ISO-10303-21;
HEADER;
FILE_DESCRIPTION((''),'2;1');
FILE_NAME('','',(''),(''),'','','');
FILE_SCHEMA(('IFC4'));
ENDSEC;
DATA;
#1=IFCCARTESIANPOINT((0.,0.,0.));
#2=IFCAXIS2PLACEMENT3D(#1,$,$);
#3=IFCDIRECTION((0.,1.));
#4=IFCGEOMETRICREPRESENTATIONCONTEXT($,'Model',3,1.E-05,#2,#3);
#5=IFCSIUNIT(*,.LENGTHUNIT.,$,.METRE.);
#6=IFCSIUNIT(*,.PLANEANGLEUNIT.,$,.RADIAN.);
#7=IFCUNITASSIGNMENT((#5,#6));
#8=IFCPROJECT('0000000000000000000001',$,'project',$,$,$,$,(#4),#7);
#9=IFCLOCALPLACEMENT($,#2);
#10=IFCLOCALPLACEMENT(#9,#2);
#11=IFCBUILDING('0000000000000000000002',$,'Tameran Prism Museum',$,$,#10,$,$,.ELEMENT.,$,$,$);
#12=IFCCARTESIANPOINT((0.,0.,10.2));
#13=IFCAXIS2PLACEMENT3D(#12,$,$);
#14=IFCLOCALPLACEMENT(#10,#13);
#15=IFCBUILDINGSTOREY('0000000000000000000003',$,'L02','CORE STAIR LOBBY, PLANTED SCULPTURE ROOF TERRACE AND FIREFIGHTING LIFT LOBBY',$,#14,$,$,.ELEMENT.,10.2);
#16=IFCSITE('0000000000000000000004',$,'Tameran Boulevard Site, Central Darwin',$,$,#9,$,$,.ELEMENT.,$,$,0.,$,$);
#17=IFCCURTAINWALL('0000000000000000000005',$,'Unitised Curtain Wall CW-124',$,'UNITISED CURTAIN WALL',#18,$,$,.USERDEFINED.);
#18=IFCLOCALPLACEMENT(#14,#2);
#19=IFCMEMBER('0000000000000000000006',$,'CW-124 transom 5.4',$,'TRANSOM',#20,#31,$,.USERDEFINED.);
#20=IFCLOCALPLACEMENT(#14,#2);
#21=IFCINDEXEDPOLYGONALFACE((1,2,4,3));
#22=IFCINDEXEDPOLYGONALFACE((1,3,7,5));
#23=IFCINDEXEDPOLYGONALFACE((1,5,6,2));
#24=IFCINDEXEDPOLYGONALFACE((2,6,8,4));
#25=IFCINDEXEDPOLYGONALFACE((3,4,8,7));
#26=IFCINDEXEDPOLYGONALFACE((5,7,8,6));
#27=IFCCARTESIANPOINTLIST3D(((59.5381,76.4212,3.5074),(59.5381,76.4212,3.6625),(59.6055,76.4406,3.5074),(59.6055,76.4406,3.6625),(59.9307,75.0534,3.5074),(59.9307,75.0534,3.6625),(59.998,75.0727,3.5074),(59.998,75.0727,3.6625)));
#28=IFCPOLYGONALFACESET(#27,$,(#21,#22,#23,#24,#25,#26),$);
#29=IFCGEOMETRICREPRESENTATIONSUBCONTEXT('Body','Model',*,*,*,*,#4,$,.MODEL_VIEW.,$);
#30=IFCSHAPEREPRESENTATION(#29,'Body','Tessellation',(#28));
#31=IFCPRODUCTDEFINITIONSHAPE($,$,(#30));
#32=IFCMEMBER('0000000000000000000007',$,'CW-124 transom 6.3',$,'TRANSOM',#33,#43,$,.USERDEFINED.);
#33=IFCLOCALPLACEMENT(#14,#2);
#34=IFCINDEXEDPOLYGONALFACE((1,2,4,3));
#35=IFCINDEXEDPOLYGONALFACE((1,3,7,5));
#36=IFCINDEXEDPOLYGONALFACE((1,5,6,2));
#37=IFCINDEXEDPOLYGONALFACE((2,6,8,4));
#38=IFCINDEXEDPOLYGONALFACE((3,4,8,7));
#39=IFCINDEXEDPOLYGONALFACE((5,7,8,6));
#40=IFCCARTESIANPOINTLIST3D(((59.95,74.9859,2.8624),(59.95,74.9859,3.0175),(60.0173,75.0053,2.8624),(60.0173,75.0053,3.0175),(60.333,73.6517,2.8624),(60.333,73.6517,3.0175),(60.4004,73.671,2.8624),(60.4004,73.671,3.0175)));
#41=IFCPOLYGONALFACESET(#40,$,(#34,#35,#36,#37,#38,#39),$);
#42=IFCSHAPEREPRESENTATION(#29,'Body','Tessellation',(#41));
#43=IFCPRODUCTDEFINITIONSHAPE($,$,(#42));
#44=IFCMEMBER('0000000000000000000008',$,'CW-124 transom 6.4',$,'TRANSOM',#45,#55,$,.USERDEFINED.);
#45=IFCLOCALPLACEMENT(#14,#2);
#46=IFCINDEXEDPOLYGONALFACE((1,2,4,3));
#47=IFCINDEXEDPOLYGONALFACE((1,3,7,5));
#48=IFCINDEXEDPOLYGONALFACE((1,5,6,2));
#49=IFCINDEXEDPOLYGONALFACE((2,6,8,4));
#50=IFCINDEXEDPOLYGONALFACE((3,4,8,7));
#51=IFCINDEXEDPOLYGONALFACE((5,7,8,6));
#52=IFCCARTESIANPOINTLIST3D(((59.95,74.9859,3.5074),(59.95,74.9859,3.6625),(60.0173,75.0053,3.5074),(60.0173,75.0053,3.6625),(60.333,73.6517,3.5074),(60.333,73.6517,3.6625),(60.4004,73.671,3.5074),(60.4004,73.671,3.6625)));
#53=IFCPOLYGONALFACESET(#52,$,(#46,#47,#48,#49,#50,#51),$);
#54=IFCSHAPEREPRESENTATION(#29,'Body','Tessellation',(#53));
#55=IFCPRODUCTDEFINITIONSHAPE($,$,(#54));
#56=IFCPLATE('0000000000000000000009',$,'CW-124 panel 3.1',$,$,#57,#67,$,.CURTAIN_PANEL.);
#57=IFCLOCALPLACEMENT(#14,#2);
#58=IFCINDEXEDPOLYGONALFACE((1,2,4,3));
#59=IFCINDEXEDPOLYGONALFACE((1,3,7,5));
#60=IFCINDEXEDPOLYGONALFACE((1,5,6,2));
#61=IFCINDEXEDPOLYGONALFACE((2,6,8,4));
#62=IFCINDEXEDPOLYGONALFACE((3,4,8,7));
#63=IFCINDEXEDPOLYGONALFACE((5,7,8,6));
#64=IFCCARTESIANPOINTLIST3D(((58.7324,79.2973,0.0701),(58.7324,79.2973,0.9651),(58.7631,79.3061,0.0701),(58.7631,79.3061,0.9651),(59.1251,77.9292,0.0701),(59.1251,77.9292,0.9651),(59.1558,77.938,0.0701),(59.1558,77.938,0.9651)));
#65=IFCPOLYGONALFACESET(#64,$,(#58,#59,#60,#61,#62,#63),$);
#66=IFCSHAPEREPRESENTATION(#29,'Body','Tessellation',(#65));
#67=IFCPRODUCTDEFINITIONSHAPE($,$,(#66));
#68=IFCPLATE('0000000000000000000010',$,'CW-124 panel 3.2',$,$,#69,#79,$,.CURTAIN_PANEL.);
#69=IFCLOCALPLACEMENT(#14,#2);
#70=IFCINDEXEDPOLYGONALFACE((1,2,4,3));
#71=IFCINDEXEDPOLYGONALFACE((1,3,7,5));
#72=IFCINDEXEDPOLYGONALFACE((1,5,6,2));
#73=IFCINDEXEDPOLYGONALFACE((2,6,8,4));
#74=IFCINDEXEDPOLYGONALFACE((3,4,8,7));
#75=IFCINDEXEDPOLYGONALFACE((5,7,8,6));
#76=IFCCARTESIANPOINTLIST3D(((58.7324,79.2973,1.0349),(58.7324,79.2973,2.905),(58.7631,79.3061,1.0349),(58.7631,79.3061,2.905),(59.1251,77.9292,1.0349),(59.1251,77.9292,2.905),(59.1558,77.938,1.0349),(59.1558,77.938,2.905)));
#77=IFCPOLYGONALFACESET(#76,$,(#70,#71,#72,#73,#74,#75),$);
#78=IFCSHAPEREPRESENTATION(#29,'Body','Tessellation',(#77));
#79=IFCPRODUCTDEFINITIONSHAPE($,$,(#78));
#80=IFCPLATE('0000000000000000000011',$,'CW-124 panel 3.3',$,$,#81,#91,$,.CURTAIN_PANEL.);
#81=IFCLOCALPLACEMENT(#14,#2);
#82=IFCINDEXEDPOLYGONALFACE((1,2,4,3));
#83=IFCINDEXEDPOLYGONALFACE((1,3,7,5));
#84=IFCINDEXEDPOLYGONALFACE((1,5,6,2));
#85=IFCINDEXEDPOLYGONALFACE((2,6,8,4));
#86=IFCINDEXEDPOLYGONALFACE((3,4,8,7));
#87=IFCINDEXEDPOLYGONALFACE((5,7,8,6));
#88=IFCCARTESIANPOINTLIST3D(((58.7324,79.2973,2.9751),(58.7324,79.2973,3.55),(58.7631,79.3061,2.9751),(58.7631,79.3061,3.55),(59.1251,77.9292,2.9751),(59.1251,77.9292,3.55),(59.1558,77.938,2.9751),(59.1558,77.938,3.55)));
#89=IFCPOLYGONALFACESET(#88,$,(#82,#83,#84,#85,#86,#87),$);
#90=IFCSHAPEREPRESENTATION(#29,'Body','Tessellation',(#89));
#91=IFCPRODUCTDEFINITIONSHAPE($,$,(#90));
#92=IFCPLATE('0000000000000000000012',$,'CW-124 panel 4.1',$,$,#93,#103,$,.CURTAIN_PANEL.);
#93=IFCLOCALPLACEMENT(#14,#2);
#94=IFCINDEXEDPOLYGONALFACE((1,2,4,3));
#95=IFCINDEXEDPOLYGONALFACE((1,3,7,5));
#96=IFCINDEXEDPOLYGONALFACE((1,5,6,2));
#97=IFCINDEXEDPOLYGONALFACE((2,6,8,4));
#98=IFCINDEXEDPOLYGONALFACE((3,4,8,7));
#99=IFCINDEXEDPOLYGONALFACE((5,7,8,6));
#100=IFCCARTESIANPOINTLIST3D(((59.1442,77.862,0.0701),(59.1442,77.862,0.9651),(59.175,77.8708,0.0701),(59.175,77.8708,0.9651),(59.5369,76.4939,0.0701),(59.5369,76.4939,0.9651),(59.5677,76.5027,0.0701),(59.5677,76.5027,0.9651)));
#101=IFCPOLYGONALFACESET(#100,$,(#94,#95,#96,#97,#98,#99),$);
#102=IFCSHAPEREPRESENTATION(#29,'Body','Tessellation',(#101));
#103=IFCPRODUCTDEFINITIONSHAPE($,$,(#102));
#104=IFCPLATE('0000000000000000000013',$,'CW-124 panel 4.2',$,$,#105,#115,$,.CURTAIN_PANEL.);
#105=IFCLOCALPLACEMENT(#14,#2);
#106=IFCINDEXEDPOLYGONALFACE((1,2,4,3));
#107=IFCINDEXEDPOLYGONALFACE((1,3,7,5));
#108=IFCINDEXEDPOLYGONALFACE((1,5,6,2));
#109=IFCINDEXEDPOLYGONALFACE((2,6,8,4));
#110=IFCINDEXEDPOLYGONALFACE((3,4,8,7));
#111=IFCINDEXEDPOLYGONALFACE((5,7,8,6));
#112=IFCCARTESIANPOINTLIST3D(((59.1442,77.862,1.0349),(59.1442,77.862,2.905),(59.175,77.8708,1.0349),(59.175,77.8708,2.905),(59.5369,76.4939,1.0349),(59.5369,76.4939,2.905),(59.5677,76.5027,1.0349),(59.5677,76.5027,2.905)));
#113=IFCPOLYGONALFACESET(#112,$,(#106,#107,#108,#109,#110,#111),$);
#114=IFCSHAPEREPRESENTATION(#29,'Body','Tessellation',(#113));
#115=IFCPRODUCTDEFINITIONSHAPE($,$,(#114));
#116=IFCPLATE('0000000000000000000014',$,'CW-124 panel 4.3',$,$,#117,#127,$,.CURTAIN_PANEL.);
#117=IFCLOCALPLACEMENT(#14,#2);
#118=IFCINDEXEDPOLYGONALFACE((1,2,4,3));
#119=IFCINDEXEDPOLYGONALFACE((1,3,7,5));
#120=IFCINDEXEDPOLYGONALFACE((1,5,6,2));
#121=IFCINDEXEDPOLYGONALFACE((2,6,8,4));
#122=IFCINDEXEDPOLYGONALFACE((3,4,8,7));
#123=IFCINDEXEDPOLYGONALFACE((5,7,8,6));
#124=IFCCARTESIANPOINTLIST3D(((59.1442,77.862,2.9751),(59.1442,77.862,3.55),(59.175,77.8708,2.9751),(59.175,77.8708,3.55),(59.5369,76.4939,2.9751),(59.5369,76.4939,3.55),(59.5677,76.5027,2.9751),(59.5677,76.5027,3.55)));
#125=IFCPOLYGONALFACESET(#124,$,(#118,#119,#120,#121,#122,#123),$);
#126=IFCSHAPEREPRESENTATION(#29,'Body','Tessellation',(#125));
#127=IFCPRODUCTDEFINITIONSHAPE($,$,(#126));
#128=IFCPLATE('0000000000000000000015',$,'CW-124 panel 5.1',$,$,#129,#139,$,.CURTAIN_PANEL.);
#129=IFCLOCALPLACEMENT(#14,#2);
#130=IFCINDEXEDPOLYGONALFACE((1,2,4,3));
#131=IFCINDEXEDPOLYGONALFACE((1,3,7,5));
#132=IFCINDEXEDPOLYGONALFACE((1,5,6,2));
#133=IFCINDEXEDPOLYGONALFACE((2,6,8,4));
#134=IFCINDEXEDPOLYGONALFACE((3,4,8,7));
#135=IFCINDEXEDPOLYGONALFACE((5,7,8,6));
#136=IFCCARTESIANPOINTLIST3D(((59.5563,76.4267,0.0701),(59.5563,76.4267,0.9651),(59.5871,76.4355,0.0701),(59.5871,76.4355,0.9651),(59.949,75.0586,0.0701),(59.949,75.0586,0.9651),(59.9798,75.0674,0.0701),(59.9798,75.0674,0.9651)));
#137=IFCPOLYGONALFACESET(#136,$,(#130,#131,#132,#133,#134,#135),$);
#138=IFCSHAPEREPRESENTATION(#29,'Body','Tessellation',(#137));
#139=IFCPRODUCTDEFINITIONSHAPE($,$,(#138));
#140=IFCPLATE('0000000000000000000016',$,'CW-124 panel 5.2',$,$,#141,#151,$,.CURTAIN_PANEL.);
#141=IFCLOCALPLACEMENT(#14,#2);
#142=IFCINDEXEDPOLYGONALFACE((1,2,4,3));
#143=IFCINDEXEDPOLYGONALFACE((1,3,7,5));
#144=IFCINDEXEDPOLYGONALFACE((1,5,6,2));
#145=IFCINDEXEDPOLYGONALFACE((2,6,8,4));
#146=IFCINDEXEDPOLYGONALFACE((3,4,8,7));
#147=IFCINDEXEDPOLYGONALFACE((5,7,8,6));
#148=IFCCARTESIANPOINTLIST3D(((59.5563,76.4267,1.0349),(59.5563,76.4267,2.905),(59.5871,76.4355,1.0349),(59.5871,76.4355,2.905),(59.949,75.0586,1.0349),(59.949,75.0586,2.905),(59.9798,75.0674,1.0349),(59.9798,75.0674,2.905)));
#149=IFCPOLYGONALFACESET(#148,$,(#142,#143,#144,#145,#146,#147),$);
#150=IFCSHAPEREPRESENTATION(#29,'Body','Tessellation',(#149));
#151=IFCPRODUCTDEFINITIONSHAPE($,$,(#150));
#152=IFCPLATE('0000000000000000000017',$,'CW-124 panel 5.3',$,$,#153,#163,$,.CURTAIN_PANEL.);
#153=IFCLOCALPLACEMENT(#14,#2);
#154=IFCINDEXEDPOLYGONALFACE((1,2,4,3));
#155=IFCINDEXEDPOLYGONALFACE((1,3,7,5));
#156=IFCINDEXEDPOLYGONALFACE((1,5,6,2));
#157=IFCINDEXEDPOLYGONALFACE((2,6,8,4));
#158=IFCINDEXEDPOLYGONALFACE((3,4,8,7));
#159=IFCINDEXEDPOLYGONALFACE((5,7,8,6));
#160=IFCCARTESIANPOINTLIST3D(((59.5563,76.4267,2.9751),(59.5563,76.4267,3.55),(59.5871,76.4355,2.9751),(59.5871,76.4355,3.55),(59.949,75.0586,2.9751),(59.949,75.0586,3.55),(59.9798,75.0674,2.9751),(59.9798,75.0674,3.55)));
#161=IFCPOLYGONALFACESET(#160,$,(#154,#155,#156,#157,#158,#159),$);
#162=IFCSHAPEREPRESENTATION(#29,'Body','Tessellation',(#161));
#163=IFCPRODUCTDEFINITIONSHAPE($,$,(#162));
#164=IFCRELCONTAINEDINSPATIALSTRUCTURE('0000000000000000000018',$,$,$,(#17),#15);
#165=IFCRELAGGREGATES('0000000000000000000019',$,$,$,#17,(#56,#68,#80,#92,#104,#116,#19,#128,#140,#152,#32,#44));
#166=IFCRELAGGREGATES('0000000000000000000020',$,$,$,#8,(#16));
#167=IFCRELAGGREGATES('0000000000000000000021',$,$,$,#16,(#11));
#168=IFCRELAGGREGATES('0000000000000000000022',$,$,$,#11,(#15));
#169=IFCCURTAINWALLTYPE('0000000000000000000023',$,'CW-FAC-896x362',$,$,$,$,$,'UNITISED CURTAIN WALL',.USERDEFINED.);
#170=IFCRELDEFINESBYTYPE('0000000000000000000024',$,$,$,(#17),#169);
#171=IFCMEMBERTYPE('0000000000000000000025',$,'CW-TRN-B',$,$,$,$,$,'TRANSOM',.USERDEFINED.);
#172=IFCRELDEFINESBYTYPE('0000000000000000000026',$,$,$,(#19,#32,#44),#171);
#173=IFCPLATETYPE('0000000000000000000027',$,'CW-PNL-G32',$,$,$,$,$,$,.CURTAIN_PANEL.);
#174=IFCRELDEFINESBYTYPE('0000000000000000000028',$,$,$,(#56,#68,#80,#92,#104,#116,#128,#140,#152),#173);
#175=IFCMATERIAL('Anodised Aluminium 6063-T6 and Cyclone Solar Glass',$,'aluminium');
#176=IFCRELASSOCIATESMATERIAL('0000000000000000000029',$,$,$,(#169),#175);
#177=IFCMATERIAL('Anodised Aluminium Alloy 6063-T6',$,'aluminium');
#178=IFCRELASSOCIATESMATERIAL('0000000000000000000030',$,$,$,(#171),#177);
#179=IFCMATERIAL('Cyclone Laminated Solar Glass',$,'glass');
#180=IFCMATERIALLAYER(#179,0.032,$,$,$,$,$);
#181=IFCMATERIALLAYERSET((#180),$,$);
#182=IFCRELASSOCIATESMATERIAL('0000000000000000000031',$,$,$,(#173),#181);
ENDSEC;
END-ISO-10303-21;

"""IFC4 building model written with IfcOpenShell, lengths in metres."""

from ifc_helpers import new_model, si_unit, direction, frame, origin, origin_2d, place, context, subcontext, project, spatial, rectangle, extrude, material, layer, layer_set, material_profile, profile_set, type_object, element, aggregate, save


model = new_model("IFC4")

# Units and contexts
model_context = context("Model", 3, precision=1e-05, world=origin(), true_north=direction((0.0, 1.0)))
body_context = subcontext(model_context, "Body", "Model", "MODEL_VIEW")
ifc_project = project(units=[si_unit("LENGTHUNIT", "METRE"), si_unit("PLANEANGLEUNIT", "RADIAN")], contexts=[model_context])

# Site, building, storey
site_placement = place(None, origin())
site = spatial("IfcSite", under=ifc_project, at=site_placement, Name="Tameran Boulevard Site, Central Darwin", CompositionType="ELEMENT", RefElevation=0.0)
building_placement = place(site_placement, origin())
building = spatial("IfcBuilding", under=site, at=building_placement, Name="Tameran Prism Museum", CompositionType="ELEMENT")
storey_placement = place(building_placement, frame((0.0, 0.0, 10.2)))
storey = spatial("IfcBuildingStorey", under=building, at=storey_placement, Name="L02", Description="CORE STAIR LOBBY, PLANTED SCULPTURE ROOF TERRACE AND FIREFIGHTING LIFT LOBBY", CompositionType="ELEMENT", Elevation=10.2)

# Curtain wall, members, plates
ifc_material_1 = material(Name="Anodised Aluminium 6063-T6 and Cyclone Solar Glass", Category="aluminium")
curtain_wall_type = type_object("IfcCurtainWallType", Name="CW-FAC-896x362", ElementType="UNITISED CURTAIN WALL", PredefinedType="USERDEFINED", material=ifc_material_1)
curtain_wall_placement = place(storey_placement, origin())
curtain_wall = element("IfcCurtainWall", 1, at=curtain_wall_placement, inside=storey, type_object=curtain_wall_type, Name="Unitised Curtain Wall CW-124", ObjectType="UNITISED CURTAIN WALL", PredefinedType="USERDEFINED")
ifc_material_2 = material(Name="Anodised Aluminium Alloy 6063-T6", Category="aluminium")
ifc_material_profile_1 = material_profile(ifc_material_2, rectangle(XDim=0.0701, YDim=0.155, at=origin_2d()))
ifc_profile_set_1 = profile_set([ifc_material_profile_1])
member_type_1 = type_object("IfcMemberType", Name="CW-TRN-B", ElementType="TRANSOM", PredefinedType="USERDEFINED", material=ifc_profile_set_1)
member_1_placement = place(storey_placement, frame((59.5718, 76.4309, 3.585), z_axis=(0.275854, -0.9612, 0.0), x_axis=(0.9612, 0.275854, 0.0)))
member_1 = element("IfcMember", 2, at=member_1_placement, type_object=member_type_1, Name="CW-124 transom 5.4", ObjectType="TRANSOM", PredefinedType="USERDEFINED", context=body_context, shape_type="SweptSolid", body=[
    extrude(rectangle(XDim=0.0701, YDim=0.155, at=origin_2d()), origin(), (0.0, 0.0, 1.0), 1.4231),
])
member_2_placement = place(storey_placement, frame((59.9836, 74.9956, 2.9399), z_axis=(0.275952, -0.961171, 0.0), x_axis=(0.961171, 0.275952, 0.0)))
member_2 = element("IfcMember", 3, at=member_2_placement, type_object=member_type_1, Name="CW-124 transom 6.3", ObjectType="TRANSOM", PredefinedType="USERDEFINED", context=body_context, shape_type="SweptSolid", body=[
    extrude(rectangle(XDim=0.0701, YDim=0.155, at=origin_2d()), origin(), (0.0, 0.0, 1.0), 1.3882),
])
member_3_placement = place(storey_placement, frame((59.9836, 74.9956, 3.585), z_axis=(0.275952, -0.961171, 0.0), x_axis=(0.961171, 0.275952, 0.0)))
member_3 = element("IfcMember", 4, at=member_3_placement, type_object=member_type_1, Name="CW-124 transom 6.4", ObjectType="TRANSOM", PredefinedType="USERDEFINED", context=body_context, shape_type="SweptSolid", body=[
    extrude(rectangle(XDim=0.0701, YDim=0.155, at=origin_2d()), origin(), (0.0, 0.0, 1.0), 1.3882),
])
ifc_material_3 = material(Name="Cyclone Laminated Solar Glass", Category="glass")
ifc_layer = layer(ifc_material_3, 0.032)
ifc_layer_set = layer_set([ifc_layer])
plate_type = type_object("IfcPlateType", Name="CW-PNL-G32", PredefinedType="CURTAIN_PANEL", material=ifc_layer_set)
plate_1_placement = place(storey_placement, frame((58.9441, 78.6177, 0.0701), z_axis=(0.0, 0.0, 1.0), x_axis=(0.2759, -0.961186, 0.0)))
plate_1 = element("IfcPlate", 5, at=plate_1_placement, type_object=plate_type, Name="CW-124 panel 3.1", PredefinedType="CURTAIN_PANEL", context=body_context, shape_type="SweptSolid", body=[
    extrude(rectangle(XDim=1.4233, YDim=0.032, at=origin_2d()), origin(), (0.0, 0.0, 1.0), 0.895),
])
plate_2_placement = place(storey_placement, frame((58.9441, 78.6177, 1.0349), z_axis=(0.0, 0.0, 1.0), x_axis=(0.2759, -0.961186, 0.0)))
plate_2 = element("IfcPlate", 6, at=plate_2_placement, type_object=plate_type, Name="CW-124 panel 3.2", PredefinedType="CURTAIN_PANEL", context=body_context, shape_type="SweptSolid", body=[
    extrude(rectangle(XDim=1.4233, YDim=0.032, at=origin_2d()), origin(), (0.0, 0.0, 1.0), 1.8701),
])
plate_3_placement = place(storey_placement, frame((58.9441, 78.6177, 2.9751), z_axis=(0.0, 0.0, 1.0), x_axis=(0.2759, -0.961186, 0.0)))
plate_3 = element("IfcPlate", 7, at=plate_3_placement, type_object=plate_type, Name="CW-124 panel 3.3", PredefinedType="CURTAIN_PANEL", context=body_context, shape_type="SweptSolid", body=[
    extrude(rectangle(XDim=1.4233, YDim=0.032, at=origin_2d()), origin(), (0.0, 0.0, 1.0), 0.575),
])
plate_4_placement = place(storey_placement, frame((59.356, 77.1824, 0.0701), z_axis=(0.0, 0.0, 1.0), x_axis=(0.2759, -0.961186, 0.0)))
plate_4 = element("IfcPlate", 8, at=plate_4_placement, type_object=plate_type, Name="CW-124 panel 4.1", PredefinedType="CURTAIN_PANEL", context=body_context, shape_type="SweptSolid", body=[
    extrude(rectangle(XDim=1.4233, YDim=0.032, at=origin_2d()), origin(), (0.0, 0.0, 1.0), 0.895),
])
plate_5_placement = place(storey_placement, frame((59.356, 77.1824, 1.0349), z_axis=(0.0, 0.0, 1.0), x_axis=(0.2759, -0.961186, 0.0)))
plate_5 = element("IfcPlate", 9, at=plate_5_placement, type_object=plate_type, Name="CW-124 panel 4.2", PredefinedType="CURTAIN_PANEL", context=body_context, shape_type="SweptSolid", body=[
    extrude(rectangle(XDim=1.4233, YDim=0.032, at=origin_2d()), origin(), (0.0, 0.0, 1.0), 1.8701),
])
plate_6_placement = place(storey_placement, frame((59.356, 77.1824, 2.9751), z_axis=(0.0, 0.0, 1.0), x_axis=(0.2759, -0.961186, 0.0)))
plate_6 = element("IfcPlate", 10, at=plate_6_placement, type_object=plate_type, Name="CW-124 panel 4.3", PredefinedType="CURTAIN_PANEL", context=body_context, shape_type="SweptSolid", body=[
    extrude(rectangle(XDim=1.4233, YDim=0.032, at=origin_2d()), origin(), (0.0, 0.0, 1.0), 0.575),
])
plate_7_placement = place(storey_placement, frame((59.7681, 75.7471, 0.0701), z_axis=(0.0, 0.0, 1.0), x_axis=(0.2759, -0.961186, 0.0)))
plate_7 = element("IfcPlate", 11, at=plate_7_placement, type_object=plate_type, Name="CW-124 panel 5.1", PredefinedType="CURTAIN_PANEL", context=body_context, shape_type="SweptSolid", body=[
    extrude(rectangle(XDim=1.4233, YDim=0.032, at=origin_2d()), origin(), (0.0, 0.0, 1.0), 0.895),
])
plate_8_placement = place(storey_placement, frame((59.7681, 75.7471, 1.0349), z_axis=(0.0, 0.0, 1.0), x_axis=(0.2759, -0.961186, 0.0)))
plate_8 = element("IfcPlate", 12, at=plate_8_placement, type_object=plate_type, Name="CW-124 panel 5.2", PredefinedType="CURTAIN_PANEL", context=body_context, shape_type="SweptSolid", body=[
    extrude(rectangle(XDim=1.4233, YDim=0.032, at=origin_2d()), origin(), (0.0, 0.0, 1.0), 1.8701),
])
plate_9_placement = place(storey_placement, frame((59.7681, 75.7471, 2.9751), z_axis=(0.0, 0.0, 1.0), x_axis=(0.2759, -0.961186, 0.0)))
plate_9 = element("IfcPlate", 13, at=plate_9_placement, type_object=plate_type, Name="CW-124 panel 5.3", PredefinedType="CURTAIN_PANEL", context=body_context, shape_type="SweptSolid", body=[
    extrude(rectangle(XDim=1.4233, YDim=0.032, at=origin_2d()), origin(), (0.0, 0.0, 1.0), 0.575),
])
aggregate(curtain_wall, [plate_1, plate_2, plate_3, plate_4, plate_5, plate_6, member_1, plate_7, plate_8, plate_9, member_2, member_3])

save(model, "model.ifc")
